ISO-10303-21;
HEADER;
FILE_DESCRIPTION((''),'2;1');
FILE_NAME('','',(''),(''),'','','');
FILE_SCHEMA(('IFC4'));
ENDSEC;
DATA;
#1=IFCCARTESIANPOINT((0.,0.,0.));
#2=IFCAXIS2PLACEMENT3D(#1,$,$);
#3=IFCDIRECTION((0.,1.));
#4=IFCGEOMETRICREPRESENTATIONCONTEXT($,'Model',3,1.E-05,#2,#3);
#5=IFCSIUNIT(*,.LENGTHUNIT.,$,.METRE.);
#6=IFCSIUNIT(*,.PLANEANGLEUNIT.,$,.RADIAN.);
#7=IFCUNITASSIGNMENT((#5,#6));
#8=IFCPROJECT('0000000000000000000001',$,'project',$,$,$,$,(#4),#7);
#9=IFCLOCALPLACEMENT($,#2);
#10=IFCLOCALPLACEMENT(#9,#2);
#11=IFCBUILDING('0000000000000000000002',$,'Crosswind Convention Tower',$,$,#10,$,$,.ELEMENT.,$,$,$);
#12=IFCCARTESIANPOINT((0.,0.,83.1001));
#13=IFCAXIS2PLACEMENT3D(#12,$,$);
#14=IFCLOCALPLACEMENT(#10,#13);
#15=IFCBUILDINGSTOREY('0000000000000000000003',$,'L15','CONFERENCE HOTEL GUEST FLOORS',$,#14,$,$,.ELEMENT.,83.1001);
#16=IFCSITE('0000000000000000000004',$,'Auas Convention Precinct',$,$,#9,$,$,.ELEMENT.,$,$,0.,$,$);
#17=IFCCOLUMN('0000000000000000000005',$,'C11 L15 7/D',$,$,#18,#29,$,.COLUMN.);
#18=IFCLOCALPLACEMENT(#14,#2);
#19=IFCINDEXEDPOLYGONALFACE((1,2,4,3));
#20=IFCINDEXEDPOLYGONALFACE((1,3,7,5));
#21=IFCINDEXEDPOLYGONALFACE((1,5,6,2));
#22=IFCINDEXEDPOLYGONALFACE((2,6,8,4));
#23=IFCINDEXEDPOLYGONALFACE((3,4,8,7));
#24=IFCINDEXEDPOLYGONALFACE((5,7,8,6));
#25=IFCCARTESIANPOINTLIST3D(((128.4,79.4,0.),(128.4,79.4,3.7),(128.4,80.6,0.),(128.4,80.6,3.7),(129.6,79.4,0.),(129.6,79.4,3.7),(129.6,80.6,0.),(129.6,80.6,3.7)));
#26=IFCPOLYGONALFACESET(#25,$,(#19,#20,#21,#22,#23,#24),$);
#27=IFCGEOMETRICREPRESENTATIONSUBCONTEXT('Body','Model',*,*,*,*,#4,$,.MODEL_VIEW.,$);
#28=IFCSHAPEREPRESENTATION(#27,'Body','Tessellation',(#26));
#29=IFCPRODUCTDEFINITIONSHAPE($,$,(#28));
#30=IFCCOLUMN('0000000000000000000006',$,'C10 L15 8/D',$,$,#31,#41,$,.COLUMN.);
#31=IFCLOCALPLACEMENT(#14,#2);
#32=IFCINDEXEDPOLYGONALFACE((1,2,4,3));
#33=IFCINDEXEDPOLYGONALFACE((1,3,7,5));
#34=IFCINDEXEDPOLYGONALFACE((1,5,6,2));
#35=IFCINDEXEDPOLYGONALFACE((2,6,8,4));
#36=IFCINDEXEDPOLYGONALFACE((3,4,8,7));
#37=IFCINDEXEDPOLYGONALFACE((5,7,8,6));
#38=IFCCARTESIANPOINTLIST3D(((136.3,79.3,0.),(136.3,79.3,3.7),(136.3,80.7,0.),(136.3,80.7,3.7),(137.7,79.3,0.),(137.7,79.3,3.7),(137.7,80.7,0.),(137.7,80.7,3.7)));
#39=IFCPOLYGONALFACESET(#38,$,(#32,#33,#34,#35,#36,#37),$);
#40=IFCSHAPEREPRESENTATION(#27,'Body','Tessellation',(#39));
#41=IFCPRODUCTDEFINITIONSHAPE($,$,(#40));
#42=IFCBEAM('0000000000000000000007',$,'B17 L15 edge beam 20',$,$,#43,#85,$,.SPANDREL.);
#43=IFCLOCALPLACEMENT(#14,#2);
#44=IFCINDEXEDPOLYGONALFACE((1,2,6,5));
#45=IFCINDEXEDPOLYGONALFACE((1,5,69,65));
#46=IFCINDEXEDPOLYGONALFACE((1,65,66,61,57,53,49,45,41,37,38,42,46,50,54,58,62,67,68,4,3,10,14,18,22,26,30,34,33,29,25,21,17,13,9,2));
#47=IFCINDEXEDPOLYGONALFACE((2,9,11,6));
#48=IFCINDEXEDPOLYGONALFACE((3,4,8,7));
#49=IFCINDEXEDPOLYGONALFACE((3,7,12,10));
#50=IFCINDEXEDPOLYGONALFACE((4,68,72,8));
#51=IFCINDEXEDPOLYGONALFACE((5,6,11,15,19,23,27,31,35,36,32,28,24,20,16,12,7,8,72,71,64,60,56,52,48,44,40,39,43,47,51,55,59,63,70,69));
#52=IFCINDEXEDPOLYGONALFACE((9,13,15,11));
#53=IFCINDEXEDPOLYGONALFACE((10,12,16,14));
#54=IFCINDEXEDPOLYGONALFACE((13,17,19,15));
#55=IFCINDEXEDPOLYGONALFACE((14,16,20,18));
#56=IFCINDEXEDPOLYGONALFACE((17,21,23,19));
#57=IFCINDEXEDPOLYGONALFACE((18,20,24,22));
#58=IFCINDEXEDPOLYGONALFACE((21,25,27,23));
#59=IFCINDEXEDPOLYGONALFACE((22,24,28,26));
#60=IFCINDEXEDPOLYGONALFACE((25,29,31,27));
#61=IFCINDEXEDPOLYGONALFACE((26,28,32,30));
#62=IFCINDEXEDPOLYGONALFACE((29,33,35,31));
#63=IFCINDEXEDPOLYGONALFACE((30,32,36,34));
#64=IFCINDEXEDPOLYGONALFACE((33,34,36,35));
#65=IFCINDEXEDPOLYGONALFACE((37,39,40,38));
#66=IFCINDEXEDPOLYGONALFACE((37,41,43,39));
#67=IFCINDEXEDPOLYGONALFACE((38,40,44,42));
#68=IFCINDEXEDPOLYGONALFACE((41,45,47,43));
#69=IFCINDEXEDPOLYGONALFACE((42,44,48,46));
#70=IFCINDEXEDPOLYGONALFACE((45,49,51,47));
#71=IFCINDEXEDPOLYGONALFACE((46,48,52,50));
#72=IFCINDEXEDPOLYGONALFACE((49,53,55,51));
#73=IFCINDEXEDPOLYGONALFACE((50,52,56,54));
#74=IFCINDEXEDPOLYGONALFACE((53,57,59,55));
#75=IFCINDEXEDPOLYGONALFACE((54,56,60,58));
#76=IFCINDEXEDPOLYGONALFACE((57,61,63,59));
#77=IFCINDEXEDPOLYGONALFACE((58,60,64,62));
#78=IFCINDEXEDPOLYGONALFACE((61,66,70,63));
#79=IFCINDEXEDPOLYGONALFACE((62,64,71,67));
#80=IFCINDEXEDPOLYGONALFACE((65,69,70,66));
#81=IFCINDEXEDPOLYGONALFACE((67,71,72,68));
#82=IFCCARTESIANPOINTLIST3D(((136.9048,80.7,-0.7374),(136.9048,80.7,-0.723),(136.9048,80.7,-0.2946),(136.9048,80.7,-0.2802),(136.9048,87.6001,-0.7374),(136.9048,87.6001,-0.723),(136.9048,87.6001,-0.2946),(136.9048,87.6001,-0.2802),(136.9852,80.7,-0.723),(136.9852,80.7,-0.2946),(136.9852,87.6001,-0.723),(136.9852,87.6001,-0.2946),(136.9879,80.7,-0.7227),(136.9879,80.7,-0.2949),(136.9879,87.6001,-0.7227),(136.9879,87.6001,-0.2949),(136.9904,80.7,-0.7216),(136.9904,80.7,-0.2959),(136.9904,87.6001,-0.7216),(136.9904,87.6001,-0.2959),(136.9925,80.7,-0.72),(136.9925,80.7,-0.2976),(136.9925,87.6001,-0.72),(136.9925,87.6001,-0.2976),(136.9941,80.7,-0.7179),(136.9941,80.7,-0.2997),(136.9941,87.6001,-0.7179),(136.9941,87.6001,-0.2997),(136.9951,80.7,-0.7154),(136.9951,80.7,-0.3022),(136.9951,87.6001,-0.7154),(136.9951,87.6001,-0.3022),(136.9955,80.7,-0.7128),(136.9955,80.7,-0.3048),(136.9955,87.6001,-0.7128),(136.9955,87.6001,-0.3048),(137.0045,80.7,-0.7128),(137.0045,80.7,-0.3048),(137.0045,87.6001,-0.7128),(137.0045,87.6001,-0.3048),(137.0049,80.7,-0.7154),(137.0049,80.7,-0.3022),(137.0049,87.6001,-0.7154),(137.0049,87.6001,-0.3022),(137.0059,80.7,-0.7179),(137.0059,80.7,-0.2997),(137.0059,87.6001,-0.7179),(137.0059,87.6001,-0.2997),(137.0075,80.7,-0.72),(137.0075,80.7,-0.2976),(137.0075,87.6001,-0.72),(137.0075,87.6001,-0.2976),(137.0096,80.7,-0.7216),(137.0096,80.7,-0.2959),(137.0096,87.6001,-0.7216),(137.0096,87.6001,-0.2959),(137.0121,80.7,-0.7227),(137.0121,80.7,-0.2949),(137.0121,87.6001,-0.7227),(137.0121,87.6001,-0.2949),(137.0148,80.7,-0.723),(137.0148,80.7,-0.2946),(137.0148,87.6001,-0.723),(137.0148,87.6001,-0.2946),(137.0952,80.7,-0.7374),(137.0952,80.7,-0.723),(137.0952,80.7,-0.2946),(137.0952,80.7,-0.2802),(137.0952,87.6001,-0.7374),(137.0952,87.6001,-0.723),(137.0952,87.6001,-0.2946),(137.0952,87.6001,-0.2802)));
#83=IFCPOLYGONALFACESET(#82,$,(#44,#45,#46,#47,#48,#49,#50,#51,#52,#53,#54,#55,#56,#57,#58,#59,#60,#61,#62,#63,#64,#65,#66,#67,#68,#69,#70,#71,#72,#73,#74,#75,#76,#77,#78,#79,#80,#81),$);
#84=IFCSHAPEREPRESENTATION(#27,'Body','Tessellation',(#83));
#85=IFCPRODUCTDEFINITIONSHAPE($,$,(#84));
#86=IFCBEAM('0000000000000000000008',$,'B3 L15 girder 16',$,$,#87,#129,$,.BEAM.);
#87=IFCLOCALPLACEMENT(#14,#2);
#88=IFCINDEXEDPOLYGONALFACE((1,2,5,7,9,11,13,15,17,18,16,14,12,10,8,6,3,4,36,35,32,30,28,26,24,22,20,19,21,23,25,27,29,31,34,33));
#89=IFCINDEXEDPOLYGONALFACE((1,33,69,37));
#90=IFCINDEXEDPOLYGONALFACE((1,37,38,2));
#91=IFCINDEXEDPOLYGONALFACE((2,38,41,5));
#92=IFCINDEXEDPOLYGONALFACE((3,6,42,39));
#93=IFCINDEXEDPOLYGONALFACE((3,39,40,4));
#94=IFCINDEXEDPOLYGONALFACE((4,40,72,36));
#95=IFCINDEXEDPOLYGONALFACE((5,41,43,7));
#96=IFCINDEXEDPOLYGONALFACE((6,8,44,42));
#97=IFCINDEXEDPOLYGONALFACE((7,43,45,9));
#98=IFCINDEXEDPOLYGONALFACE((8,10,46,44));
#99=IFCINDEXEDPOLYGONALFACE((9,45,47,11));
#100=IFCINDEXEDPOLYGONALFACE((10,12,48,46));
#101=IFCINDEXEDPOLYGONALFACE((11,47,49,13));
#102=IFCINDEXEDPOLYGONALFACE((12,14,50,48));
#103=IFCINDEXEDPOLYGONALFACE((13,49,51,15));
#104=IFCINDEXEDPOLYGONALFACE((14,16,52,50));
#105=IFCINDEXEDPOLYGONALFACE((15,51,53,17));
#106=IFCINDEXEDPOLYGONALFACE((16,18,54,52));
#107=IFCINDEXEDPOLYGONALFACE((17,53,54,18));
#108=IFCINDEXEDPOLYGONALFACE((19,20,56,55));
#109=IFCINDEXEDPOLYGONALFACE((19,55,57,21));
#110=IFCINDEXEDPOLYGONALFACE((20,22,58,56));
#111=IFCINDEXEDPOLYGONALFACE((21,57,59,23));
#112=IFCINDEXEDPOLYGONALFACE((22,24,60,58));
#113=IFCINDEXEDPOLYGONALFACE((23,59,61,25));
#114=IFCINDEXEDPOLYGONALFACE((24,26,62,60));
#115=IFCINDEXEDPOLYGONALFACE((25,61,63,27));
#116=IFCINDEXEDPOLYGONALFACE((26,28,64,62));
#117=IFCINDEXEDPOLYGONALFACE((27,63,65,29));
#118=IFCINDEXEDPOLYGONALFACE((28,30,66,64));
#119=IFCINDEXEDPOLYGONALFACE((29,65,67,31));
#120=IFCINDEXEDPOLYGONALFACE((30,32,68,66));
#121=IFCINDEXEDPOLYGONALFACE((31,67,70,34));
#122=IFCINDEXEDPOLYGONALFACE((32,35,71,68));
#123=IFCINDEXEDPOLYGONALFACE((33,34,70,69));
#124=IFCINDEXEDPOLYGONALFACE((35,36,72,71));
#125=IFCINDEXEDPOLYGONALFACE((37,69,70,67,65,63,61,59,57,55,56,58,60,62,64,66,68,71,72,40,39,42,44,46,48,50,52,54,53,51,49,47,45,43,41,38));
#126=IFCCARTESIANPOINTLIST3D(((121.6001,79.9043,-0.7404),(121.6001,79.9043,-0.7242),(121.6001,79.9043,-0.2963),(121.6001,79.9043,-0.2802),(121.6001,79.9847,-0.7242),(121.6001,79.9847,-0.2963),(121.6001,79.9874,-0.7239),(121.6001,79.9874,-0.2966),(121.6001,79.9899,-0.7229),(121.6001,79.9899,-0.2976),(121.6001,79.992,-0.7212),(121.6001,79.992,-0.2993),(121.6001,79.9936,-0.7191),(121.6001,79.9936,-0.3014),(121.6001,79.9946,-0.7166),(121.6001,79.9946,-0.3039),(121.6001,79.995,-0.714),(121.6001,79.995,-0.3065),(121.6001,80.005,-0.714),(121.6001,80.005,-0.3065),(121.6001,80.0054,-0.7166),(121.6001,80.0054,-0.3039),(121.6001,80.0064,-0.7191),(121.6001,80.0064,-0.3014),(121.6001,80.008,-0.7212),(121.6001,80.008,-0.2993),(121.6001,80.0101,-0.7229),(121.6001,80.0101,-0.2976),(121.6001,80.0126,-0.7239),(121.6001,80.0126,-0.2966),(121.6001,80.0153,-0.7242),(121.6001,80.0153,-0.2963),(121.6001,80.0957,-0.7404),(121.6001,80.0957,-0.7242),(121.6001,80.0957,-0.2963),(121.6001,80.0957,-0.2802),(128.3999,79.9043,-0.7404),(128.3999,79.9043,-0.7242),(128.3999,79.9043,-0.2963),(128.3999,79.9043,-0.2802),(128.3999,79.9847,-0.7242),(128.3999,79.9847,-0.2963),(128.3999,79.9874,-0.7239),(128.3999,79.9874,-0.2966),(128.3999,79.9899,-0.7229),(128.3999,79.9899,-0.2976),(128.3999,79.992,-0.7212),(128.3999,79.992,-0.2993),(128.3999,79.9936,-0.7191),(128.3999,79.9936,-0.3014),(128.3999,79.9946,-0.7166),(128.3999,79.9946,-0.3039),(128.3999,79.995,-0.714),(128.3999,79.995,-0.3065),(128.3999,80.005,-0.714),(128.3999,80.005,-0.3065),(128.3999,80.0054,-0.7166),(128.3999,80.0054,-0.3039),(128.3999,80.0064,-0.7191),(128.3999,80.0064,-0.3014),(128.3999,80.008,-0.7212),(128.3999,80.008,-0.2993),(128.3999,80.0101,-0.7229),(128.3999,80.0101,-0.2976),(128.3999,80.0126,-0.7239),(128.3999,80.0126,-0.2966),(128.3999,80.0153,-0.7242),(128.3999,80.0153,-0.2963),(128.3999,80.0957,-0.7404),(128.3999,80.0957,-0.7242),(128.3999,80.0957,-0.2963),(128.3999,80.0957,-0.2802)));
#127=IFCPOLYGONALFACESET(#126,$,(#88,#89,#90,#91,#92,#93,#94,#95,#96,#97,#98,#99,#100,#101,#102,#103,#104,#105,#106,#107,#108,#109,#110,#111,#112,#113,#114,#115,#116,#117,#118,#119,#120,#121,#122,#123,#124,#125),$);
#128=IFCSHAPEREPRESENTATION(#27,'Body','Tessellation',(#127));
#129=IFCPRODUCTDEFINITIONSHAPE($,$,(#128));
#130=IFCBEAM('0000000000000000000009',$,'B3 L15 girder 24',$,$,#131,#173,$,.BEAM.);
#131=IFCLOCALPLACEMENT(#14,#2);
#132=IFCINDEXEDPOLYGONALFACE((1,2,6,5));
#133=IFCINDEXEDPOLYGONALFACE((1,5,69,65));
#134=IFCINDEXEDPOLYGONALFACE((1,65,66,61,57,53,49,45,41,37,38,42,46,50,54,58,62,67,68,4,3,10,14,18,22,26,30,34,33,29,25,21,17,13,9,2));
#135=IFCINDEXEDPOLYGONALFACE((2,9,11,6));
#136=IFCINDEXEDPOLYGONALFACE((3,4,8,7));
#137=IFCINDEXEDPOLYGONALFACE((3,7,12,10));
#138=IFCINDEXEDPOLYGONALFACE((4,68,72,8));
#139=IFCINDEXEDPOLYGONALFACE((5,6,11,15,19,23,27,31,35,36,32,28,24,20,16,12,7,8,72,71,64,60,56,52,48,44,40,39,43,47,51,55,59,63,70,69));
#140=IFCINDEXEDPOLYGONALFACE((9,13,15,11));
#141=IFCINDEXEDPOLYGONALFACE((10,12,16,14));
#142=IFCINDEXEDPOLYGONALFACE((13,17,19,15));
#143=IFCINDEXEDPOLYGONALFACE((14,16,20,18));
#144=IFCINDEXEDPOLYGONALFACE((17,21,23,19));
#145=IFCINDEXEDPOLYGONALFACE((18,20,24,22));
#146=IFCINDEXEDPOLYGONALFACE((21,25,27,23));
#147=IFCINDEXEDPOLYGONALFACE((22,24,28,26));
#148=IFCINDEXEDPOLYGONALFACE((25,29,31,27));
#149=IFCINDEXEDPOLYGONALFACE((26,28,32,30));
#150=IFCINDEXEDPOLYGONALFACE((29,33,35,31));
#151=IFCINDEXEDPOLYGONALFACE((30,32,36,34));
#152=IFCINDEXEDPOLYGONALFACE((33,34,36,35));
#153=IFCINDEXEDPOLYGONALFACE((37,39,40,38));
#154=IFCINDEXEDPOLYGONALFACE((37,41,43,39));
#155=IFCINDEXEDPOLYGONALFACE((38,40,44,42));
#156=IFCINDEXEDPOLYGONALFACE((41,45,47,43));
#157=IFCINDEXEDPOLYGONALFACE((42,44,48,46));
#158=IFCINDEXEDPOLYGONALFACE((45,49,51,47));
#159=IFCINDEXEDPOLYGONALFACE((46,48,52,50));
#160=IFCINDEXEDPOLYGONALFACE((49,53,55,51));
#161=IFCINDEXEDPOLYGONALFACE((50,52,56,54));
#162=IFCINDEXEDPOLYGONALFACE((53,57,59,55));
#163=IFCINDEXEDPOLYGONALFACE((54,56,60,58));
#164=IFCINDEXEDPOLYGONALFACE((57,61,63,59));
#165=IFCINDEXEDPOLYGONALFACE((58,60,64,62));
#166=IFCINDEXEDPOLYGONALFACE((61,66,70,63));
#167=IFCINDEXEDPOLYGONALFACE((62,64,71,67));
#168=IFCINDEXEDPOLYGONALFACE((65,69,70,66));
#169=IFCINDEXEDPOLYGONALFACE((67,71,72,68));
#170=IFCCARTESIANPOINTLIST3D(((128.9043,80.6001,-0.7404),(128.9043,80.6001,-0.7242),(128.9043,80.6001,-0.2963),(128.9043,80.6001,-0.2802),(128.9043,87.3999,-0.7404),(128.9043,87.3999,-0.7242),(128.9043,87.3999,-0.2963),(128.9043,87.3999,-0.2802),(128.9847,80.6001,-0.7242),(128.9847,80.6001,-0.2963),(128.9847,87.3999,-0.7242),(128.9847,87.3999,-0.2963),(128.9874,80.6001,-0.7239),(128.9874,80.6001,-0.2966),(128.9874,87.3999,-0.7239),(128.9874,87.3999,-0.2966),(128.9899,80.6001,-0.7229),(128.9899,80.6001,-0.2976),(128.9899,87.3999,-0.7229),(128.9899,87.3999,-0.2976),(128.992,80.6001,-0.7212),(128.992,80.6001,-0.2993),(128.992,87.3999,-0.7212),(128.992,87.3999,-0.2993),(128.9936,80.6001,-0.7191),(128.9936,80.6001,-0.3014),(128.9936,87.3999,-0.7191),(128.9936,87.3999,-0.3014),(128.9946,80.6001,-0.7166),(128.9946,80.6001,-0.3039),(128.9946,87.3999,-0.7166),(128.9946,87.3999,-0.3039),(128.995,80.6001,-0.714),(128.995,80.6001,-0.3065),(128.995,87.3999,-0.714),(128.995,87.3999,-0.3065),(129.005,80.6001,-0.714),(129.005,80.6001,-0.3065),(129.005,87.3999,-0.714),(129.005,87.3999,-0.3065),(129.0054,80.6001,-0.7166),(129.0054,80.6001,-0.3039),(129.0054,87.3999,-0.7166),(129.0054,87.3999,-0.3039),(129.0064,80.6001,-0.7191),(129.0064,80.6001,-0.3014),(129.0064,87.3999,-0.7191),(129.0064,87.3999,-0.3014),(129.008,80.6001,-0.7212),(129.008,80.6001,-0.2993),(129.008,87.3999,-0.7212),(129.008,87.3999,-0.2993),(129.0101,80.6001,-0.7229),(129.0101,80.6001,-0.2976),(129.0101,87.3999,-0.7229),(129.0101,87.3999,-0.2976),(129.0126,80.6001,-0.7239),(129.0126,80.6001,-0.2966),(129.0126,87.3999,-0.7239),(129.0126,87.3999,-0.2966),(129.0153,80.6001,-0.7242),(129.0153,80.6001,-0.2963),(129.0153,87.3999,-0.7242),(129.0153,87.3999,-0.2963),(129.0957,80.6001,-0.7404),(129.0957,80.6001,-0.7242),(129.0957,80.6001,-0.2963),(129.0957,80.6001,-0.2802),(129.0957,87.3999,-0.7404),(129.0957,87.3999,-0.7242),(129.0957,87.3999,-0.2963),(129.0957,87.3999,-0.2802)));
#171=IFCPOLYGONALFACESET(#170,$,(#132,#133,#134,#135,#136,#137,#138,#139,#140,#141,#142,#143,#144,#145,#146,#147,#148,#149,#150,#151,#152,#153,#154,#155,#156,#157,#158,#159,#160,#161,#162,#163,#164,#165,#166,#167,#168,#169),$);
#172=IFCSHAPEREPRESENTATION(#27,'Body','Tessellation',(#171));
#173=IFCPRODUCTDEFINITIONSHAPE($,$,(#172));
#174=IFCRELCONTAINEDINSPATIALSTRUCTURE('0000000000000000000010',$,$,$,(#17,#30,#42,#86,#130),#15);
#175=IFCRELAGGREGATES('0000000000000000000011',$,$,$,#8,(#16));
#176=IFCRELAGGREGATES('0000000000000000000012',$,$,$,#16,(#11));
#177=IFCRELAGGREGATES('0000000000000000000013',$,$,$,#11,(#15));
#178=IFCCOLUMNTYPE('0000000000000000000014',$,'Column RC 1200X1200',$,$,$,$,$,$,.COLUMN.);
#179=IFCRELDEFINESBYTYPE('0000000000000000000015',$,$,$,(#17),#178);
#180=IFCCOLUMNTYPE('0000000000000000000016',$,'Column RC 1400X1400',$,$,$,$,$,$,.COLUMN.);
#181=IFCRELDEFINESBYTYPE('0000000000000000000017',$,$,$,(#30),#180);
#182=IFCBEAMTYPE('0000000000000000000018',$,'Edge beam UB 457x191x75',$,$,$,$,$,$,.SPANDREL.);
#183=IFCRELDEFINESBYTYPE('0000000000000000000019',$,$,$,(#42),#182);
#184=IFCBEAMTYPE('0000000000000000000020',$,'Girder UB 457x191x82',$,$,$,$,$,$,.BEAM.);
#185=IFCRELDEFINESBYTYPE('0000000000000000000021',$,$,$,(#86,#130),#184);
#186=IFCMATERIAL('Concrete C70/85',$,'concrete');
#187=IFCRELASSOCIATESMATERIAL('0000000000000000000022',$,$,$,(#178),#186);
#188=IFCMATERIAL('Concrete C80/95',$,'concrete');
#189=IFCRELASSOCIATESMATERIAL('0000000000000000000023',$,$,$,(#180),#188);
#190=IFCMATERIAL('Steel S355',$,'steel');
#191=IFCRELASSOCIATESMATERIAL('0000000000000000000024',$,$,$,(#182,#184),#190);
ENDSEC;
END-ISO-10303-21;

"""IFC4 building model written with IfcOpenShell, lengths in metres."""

from ifc_helpers import new_model, si_unit, direction, frame, origin, origin_2d, place, context, subcontext, project, spatial, rectangle, i_section, extrude, material, material_profile, profile_set, type_object, element, save


model = new_model("IFC4")

# Units and contexts
model_context = context("Model", 3, precision=1e-05, world=origin(), true_north=direction((0.0, 1.0)))
body_context = subcontext(model_context, "Body", "Model", "MODEL_VIEW")
ifc_project = project(units=[si_unit("LENGTHUNIT", "METRE"), si_unit("PLANEANGLEUNIT", "RADIAN")], contexts=[model_context])

# Site, building, storey
site_placement = place(None, origin())
site = spatial("IfcSite", under=ifc_project, at=site_placement, Name="Auas Convention Precinct", CompositionType="ELEMENT", RefElevation=0.0)
building_placement = place(site_placement, origin())
building = spatial("IfcBuilding", under=site, at=building_placement, Name="Crosswind Convention Tower", CompositionType="ELEMENT")
storey_placement = place(building_placement, frame((0.0, 0.0, 83.1001)))
storey = spatial("IfcBuildingStorey", under=building, at=storey_placement, Name="L15", Description="CONFERENCE HOTEL GUEST FLOORS", CompositionType="ELEMENT", Elevation=83.1001)

# Columns
ifc_material_1 = material(Name="Concrete C70/85", Category="concrete")
ifc_material_profile_1 = material_profile(ifc_material_1, rectangle(XDim=1.2, YDim=1.2, at=origin_2d()), Name="RC 1200X1200")
ifc_profile_set_1 = profile_set([ifc_material_profile_1], Name="Concrete C70/85")
column_type_1 = type_object("IfcColumnType", Name="Column RC 1200X1200", PredefinedType="COLUMN", material=ifc_profile_set_1)
column_1_placement = place(storey_placement, frame((129.0, 80.0, 0.0), z_axis=(0.0, 0.0, 1.0), x_axis=(1.0, 0.0, 0.0)))
element("IfcColumn", 1, at=column_1_placement, inside=storey, type_object=column_type_1, Name="C11 L15 7/D", PredefinedType="COLUMN", context=body_context, shape_type="SweptSolid", body=[
    extrude(rectangle(XDim=1.2, YDim=1.2, at=origin_2d()), origin(), (0.0, 0.0, 1.0), 3.7),
])
ifc_material_2 = material(Name="Concrete C80/95", Category="concrete")
ifc_material_profile_2 = material_profile(ifc_material_2, rectangle(XDim=1.3999, YDim=1.3999, at=origin_2d()), Name="RC 1400X1400")
ifc_profile_set_2 = profile_set([ifc_material_profile_2], Name="Concrete C80/95")
column_type_2 = type_object("IfcColumnType", Name="Column RC 1400X1400", PredefinedType="COLUMN", material=ifc_profile_set_2)
column_2_placement = place(storey_placement, frame((137.0, 80.0, 0.0), z_axis=(0.0, 0.0, 1.0), x_axis=(1.0, 0.0, 0.0)))
element("IfcColumn", 2, at=column_2_placement, inside=storey, type_object=column_type_2, Name="C10 L15 8/D", PredefinedType="COLUMN", context=body_context, shape_type="SweptSolid", body=[
    extrude(rectangle(XDim=1.3999, YDim=1.3999, at=origin_2d()), origin(), (0.0, 0.0, 1.0), 3.7),
])

# Beams
ifc_material_3 = material(Name="Steel S355", Category="steel")
ifc_material_profile_3 = material_profile(ifc_material_3, i_section(OverallWidth=0.1904, OverallDepth=0.4573, WebThickness=0.009, FlangeThickness=0.0144, FilletRadius=0.0103, at=origin_2d()), Name="UB 457x191x75")
ifc_profile_set_3 = profile_set([ifc_material_profile_3], Name="Steel S355")
beam_type_1 = type_object("IfcBeamType", Name="Edge beam UB 457x191x75", PredefinedType="SPANDREL", material=ifc_profile_set_3)
beam_1_placement = place(storey_placement, frame((137.0, 80.7, -0.5088), z_axis=(0.0, 1.0, 0.0), x_axis=(-1.0, 0.0, 0.0)))
element("IfcBeam", 3, at=beam_1_placement, inside=storey, type_object=beam_type_1, Name="B17 L15 edge beam 20", PredefinedType="SPANDREL", context=body_context, shape_type="SweptSolid", body=[
    extrude(i_section(OverallWidth=0.1904, OverallDepth=0.4573, WebThickness=0.009, FlangeThickness=0.0144, FilletRadius=0.0103, at=origin_2d()), origin(), (0.0, 0.0, 1.0), 6.9001),
])
ifc_material_profile_4 = material_profile(ifc_material_3, i_section(OverallWidth=0.1914, OverallDepth=0.4602, WebThickness=0.01, FlangeThickness=0.0161, FilletRadius=0.0103, at=origin_2d()), Name="UB 457x191x82")
ifc_profile_set_4 = profile_set([ifc_material_profile_4], Name="Steel S355")
beam_type_2 = type_object("IfcBeamType", Name="Girder UB 457x191x82", PredefinedType="BEAM", material=ifc_profile_set_4)
for number, where, z_axis, x_axis, name in (
    (4, (121.6001, 80.0, -0.5103), (1.0, 0.0, 0.0), (0.0, 1.0, 0.0), "B3 L15 girder 16"),
    (5, (129.0, 80.6001, -0.5103), (0.0, 1.0, 0.0), (-1.0, 0.0, 0.0), "B3 L15 girder 24"),
):
    element("IfcBeam", number, at=place(storey_placement, frame(where, z_axis=z_axis, x_axis=x_axis)), inside=storey, type_object=beam_type_2, Name=name, PredefinedType="BEAM", context=body_context, shape_type="SweptSolid", body=[
        extrude(i_section(OverallWidth=0.1914, OverallDepth=0.4602, WebThickness=0.01, FlangeThickness=0.0161, FilletRadius=0.0103, at=origin_2d()), origin(), (0.0, 0.0, 1.0), 6.7998),
    ])

save(model, "model.ifc")
